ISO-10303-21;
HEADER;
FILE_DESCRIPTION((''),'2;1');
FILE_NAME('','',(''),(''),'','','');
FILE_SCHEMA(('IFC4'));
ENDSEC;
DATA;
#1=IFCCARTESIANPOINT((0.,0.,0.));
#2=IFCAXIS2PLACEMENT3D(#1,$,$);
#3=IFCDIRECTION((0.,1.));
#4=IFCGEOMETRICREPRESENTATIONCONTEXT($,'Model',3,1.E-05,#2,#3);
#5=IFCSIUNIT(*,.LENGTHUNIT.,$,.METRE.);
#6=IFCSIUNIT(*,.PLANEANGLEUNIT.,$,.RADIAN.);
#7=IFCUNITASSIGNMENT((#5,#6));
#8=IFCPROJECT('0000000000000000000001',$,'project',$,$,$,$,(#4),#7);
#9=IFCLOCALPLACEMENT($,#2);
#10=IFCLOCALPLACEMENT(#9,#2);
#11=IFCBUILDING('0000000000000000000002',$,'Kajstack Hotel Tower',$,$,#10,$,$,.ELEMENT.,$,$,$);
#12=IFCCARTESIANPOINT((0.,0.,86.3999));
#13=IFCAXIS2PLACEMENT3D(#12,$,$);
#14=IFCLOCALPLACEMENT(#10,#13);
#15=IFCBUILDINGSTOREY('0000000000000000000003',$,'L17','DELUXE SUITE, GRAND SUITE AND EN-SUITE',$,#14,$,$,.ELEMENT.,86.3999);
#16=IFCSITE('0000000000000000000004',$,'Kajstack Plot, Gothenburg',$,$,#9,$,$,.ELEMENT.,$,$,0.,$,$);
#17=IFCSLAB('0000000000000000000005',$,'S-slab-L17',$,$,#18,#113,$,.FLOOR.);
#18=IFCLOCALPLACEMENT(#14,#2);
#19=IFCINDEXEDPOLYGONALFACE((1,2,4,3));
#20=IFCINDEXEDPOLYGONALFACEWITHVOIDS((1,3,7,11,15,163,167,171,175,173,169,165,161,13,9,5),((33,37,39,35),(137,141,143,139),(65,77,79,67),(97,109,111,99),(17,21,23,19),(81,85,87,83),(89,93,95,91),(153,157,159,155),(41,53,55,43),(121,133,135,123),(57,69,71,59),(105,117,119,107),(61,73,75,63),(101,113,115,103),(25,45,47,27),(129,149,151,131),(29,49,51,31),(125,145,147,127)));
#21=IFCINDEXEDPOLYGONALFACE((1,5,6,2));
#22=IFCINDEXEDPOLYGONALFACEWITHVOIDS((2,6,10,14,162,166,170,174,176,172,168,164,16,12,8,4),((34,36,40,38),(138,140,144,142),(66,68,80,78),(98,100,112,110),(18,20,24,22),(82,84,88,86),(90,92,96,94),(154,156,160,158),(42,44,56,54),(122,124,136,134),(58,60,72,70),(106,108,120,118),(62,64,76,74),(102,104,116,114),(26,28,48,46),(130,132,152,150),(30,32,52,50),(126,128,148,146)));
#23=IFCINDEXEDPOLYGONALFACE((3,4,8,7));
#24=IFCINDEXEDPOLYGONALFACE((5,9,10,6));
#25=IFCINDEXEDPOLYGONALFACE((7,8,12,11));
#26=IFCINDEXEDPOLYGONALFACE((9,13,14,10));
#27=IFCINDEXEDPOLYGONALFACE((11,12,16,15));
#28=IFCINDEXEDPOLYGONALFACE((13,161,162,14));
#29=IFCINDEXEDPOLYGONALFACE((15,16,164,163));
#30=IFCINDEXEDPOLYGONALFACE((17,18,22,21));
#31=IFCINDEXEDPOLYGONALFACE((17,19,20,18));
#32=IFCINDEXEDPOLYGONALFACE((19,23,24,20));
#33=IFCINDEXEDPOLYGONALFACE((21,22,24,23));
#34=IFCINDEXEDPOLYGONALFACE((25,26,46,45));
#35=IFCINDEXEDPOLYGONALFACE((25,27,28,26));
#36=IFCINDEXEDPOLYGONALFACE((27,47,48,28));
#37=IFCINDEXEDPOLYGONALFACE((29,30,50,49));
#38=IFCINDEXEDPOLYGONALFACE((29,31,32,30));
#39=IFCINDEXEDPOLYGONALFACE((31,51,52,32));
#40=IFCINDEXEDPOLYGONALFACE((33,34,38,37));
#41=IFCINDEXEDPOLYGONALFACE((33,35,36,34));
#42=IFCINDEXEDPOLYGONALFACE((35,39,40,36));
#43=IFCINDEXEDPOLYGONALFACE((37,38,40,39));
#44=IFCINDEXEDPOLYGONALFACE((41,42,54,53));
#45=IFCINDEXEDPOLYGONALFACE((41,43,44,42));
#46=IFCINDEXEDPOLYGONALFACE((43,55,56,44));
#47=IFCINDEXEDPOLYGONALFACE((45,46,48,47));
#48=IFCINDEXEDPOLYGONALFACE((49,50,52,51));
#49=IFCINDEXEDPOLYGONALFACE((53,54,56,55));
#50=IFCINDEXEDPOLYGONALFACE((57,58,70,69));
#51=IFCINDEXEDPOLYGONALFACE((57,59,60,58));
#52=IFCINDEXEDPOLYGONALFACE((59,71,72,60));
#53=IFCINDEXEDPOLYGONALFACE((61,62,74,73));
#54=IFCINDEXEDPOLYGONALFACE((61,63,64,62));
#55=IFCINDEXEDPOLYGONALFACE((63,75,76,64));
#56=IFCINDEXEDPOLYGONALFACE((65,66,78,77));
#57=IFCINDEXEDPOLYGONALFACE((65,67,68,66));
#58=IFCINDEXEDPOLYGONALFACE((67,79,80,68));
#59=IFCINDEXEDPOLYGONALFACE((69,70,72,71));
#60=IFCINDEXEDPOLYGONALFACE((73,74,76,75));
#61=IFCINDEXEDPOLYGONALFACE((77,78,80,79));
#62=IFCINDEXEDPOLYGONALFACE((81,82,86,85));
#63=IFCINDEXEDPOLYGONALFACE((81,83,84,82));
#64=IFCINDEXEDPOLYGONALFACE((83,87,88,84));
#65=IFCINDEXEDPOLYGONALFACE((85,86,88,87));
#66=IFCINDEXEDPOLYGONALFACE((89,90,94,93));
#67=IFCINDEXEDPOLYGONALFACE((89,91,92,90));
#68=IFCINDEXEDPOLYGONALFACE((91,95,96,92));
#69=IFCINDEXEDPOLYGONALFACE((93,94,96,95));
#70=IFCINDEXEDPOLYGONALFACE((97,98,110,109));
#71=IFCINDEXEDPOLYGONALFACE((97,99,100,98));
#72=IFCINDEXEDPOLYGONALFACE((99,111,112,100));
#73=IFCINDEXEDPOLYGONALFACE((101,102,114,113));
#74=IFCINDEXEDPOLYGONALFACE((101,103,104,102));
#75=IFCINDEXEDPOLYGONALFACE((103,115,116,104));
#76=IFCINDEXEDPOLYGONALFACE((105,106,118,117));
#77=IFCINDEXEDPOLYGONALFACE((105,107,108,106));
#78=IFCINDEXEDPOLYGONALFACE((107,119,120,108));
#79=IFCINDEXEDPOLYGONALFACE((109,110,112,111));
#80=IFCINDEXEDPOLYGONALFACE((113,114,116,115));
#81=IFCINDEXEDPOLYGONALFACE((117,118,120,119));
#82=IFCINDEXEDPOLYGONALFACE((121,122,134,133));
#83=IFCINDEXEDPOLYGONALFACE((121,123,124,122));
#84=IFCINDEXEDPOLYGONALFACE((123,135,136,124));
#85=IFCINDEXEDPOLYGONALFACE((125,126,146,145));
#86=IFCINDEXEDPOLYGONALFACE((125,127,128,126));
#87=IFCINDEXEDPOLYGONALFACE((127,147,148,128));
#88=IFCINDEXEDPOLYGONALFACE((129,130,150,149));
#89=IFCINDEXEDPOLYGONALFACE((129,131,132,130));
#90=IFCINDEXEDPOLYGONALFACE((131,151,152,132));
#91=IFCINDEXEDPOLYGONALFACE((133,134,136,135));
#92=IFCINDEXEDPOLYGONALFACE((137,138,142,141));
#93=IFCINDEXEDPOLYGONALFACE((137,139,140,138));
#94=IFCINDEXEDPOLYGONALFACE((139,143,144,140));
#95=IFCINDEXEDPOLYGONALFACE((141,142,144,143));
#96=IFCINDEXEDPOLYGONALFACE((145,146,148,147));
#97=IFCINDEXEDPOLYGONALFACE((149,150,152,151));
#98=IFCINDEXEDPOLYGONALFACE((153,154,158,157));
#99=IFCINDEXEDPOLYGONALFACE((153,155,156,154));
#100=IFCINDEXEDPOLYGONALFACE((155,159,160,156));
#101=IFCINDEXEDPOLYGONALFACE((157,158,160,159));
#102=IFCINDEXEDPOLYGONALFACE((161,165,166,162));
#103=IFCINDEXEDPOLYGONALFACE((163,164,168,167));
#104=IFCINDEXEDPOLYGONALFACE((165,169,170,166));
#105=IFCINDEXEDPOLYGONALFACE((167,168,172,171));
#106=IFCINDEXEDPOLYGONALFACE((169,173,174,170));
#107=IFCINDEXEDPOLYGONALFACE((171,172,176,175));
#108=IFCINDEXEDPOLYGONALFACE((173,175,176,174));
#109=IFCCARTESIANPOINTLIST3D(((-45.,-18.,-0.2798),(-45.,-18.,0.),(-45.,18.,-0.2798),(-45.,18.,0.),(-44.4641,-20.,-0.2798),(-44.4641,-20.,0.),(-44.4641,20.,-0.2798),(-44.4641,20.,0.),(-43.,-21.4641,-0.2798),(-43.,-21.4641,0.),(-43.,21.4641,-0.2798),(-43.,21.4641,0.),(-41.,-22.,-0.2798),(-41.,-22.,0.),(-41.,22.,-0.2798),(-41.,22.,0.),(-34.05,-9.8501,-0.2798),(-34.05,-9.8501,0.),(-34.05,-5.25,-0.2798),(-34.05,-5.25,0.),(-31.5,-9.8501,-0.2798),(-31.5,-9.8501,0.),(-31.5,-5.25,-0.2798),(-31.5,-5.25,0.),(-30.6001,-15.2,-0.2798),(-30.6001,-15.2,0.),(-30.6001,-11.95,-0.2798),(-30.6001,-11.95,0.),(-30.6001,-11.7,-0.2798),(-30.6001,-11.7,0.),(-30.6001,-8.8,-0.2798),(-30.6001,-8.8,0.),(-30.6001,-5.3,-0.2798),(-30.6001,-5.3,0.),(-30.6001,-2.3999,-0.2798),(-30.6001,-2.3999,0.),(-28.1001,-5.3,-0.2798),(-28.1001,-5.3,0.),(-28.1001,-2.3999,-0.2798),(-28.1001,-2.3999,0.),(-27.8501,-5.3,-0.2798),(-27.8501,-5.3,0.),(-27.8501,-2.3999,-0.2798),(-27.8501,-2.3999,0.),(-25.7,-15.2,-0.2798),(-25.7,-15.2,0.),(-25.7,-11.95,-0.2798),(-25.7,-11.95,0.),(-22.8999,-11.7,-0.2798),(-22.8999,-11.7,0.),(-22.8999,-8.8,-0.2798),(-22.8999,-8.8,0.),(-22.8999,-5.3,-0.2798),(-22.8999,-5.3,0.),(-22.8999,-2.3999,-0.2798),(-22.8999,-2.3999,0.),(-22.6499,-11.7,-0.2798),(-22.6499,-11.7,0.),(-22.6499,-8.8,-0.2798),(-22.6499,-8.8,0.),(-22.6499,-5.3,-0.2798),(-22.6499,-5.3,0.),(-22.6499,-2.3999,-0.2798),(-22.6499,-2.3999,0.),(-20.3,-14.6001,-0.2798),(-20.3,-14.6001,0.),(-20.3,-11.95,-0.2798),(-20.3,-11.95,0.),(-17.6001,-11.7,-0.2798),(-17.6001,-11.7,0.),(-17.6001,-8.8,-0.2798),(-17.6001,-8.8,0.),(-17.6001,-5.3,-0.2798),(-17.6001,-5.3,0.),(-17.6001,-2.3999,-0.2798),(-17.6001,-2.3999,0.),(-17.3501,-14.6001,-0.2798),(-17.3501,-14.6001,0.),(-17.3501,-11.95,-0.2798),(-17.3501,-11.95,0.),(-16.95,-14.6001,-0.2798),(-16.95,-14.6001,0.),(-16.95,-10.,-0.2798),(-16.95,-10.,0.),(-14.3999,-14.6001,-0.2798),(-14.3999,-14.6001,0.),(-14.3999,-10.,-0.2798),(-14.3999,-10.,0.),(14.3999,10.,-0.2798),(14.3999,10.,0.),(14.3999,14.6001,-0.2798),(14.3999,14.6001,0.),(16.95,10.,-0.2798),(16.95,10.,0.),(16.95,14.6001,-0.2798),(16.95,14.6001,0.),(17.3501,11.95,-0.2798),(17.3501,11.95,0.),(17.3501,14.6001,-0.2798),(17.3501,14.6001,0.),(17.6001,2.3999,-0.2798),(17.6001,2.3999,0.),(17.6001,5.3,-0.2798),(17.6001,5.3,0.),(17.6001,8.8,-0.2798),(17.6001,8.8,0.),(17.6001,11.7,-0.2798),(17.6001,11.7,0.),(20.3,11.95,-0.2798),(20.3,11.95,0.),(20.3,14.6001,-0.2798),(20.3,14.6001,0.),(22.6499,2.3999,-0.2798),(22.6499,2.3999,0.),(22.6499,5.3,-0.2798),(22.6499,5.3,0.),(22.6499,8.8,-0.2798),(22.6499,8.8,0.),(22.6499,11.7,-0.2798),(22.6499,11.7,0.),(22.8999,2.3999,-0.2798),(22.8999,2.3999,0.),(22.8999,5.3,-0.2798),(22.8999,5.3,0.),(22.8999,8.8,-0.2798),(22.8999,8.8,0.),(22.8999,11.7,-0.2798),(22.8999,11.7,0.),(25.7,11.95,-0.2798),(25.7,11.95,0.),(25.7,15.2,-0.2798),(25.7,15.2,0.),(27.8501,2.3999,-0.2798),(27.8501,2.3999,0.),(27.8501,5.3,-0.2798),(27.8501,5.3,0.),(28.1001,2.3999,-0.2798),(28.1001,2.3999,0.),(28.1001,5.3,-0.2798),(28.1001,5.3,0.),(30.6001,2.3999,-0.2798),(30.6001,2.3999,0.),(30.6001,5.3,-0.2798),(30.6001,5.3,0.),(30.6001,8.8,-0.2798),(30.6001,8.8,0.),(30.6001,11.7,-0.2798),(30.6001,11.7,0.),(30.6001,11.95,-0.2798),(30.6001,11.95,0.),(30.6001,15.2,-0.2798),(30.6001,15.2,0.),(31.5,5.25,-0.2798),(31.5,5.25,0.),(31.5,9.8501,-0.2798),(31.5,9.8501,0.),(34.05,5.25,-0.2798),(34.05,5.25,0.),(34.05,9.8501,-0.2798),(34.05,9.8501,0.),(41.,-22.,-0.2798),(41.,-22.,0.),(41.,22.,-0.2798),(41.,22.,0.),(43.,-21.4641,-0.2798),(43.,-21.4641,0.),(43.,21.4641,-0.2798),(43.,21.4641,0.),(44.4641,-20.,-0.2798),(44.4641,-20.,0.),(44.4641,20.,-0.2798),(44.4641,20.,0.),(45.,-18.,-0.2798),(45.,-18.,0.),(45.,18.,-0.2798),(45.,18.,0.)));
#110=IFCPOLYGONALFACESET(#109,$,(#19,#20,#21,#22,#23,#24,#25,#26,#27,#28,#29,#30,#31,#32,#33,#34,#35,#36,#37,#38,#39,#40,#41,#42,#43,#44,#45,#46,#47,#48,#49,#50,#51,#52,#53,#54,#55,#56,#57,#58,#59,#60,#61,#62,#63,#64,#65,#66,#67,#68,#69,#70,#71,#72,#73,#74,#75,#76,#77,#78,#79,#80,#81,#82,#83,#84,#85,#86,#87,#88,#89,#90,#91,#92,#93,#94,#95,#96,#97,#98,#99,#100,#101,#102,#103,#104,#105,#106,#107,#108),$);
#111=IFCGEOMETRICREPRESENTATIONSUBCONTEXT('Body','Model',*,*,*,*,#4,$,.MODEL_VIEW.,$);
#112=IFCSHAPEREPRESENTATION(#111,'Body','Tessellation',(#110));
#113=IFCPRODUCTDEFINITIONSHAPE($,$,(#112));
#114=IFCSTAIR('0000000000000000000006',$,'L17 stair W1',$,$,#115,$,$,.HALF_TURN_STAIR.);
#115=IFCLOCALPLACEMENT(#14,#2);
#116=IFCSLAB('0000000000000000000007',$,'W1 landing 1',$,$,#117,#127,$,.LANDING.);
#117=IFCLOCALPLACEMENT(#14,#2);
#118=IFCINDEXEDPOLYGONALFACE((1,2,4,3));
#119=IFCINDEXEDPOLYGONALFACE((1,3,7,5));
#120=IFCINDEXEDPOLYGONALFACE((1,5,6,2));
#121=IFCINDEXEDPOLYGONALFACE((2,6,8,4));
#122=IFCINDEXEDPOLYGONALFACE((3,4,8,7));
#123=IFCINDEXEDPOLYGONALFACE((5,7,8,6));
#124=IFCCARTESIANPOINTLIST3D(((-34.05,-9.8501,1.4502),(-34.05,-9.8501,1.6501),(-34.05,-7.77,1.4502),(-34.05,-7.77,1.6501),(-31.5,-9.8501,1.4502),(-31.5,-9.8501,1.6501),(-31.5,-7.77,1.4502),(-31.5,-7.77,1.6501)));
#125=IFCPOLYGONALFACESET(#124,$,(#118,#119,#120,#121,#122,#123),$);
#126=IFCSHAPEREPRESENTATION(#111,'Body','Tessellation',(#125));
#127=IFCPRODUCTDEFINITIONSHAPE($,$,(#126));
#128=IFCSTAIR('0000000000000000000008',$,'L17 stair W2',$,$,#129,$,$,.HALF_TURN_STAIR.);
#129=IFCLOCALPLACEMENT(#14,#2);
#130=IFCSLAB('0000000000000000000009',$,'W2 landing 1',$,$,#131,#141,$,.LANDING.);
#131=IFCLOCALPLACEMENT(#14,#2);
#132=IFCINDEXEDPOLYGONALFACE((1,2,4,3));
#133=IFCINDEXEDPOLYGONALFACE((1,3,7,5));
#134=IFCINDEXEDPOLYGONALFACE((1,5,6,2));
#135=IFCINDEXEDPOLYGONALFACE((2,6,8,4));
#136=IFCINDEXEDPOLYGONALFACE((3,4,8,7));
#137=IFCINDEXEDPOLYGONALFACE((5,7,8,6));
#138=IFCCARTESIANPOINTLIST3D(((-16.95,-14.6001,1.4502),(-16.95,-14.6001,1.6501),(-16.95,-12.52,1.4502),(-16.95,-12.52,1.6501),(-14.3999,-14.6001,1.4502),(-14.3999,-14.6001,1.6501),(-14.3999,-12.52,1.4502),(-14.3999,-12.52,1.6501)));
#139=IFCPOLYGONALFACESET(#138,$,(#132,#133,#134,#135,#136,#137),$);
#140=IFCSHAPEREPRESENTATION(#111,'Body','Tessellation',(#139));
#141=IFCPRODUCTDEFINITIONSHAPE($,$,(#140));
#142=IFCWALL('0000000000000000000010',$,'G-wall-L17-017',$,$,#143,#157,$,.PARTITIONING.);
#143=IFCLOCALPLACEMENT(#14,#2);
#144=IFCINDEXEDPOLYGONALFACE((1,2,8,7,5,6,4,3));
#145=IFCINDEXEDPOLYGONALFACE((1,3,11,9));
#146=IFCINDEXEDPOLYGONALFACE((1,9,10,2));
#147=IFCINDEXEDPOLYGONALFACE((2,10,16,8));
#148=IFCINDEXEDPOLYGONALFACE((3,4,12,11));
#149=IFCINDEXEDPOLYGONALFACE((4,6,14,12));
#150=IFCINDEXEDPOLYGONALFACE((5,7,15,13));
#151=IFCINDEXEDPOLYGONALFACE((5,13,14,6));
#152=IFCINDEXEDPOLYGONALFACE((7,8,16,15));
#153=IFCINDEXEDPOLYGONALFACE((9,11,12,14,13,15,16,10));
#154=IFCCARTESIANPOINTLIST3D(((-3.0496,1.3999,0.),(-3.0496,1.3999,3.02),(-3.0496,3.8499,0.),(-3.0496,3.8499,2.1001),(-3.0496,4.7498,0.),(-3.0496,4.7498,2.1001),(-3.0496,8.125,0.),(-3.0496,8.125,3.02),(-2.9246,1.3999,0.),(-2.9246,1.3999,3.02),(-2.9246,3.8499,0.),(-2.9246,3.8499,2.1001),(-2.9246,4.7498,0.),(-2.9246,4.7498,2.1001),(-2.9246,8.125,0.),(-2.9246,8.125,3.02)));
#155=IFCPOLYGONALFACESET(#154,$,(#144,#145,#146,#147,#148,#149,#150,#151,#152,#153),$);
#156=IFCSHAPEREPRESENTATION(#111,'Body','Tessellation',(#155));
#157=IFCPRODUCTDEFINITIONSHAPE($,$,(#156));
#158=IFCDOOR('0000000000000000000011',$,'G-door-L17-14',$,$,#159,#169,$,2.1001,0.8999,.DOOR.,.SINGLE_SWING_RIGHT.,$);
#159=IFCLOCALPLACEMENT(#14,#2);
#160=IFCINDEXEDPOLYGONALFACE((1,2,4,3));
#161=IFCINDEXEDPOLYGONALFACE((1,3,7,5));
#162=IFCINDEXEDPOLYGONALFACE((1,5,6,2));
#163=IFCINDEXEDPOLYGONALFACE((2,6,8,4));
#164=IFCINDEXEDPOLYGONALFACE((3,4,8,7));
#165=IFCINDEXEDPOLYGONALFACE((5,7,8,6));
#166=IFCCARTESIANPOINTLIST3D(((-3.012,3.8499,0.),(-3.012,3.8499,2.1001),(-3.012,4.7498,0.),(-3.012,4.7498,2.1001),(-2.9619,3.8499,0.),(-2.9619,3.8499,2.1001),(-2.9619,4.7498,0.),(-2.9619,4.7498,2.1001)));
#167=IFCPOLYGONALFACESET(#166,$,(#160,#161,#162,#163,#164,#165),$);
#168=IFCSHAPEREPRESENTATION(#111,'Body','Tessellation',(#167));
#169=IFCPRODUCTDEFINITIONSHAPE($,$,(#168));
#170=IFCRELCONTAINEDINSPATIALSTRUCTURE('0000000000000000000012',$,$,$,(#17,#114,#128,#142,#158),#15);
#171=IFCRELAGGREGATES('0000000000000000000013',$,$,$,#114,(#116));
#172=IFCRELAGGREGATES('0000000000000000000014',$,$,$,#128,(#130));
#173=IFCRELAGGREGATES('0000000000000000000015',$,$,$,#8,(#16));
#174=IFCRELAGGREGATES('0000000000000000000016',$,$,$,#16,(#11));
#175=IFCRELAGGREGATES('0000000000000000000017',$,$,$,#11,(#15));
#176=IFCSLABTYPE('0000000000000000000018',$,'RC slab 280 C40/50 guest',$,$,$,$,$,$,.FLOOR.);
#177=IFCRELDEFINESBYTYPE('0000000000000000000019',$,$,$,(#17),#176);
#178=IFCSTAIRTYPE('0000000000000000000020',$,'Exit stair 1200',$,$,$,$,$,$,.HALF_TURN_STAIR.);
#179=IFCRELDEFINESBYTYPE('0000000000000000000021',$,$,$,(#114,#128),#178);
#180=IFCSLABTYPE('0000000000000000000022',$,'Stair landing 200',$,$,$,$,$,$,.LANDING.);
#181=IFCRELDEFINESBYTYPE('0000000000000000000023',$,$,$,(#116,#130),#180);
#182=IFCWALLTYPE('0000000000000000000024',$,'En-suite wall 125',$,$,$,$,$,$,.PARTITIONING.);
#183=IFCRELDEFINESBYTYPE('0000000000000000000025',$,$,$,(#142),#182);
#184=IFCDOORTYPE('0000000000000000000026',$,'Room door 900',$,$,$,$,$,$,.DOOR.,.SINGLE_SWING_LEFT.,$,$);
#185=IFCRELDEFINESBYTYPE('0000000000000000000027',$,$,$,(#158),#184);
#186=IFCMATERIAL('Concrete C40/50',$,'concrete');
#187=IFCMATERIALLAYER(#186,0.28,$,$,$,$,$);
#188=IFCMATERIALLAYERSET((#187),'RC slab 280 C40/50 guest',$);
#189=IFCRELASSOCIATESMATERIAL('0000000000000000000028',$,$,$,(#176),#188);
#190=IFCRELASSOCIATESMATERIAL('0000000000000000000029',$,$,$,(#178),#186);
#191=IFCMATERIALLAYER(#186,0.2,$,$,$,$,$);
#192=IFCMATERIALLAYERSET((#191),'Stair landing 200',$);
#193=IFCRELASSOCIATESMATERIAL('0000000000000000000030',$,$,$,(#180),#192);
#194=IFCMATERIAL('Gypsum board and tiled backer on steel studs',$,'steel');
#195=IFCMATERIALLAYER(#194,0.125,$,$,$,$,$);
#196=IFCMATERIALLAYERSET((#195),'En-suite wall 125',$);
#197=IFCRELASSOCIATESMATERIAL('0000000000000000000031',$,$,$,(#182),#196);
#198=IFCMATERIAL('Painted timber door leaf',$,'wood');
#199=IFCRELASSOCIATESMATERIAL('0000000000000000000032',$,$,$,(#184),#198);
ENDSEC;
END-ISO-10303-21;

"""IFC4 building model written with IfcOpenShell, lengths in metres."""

from ifc_helpers import new_model, si_unit, direction, frame, frame_2d, origin, place, context, subcontext, project, spatial, polyline, rectangle, outline, extrude, material, layer, layer_set, type_object, element, fill, aggregate, save


model = new_model("IFC4")

# Units and contexts
model_context = context("Model", 3, precision=1e-05, world=origin(), true_north=direction((0.0, 1.0)))
body_context = subcontext(model_context, "Body", "Model", "MODEL_VIEW")
ifc_project = project(units=[si_unit("LENGTHUNIT", "METRE"), si_unit("PLANEANGLEUNIT", "RADIAN")], contexts=[model_context])

# Site, building, storey
site_placement = place(None, origin())
site = spatial("IfcSite", under=ifc_project, at=site_placement, Name="Kajstack Plot, Gothenburg", CompositionType="ELEMENT", RefElevation=0.0)
building_placement = place(site_placement, origin())
building = spatial("IfcBuilding", under=site, at=building_placement, Name="Kajstack Hotel Tower", CompositionType="ELEMENT")
storey_placement = place(building_placement, frame((0.0, 0.0, 86.3999)))
storey = spatial("IfcBuildingStorey", under=building, at=storey_placement, Name="L17", Description="DELUXE SUITE, GRAND SUITE AND EN-SUITE", CompositionType="ELEMENT", Elevation=86.3999)

# Slab
ifc_material_1 = material(Name="Concrete C40/50", Category="concrete")
ifc_layer_1 = layer(ifc_material_1, 0.28)
ifc_layer_set_1 = layer_set([ifc_layer_1], Name="RC slab 280 C40/50 guest")
slab_type_1 = type_object("IfcSlabType", Name="RC slab 280 C40/50 guest", PredefinedType="FLOOR", material=ifc_layer_set_1)
slab_1_placement = place(storey_placement, frame((0.0, 0.0, -0.2798)))
element("IfcSlab", 1, at=slab_1_placement, inside=storey, type_object=slab_type_1, Name="S-slab-L17", PredefinedType="FLOOR", context=body_context, shape_type="SweptSolid", body=[
    extrude(outline(polyline([(-45.0, -18.0), (-44.4641, -20.0), (-43.0, -21.4641), (-41.0, -22.0), (41.0, -22.0), (43.0, -21.4641), (44.4641, -20.0), (45.0, -18.0), (45.0, 18.0), (44.4641, 20.0), (43.0, 21.4641), (41.0, 22.0), (-41.0, 22.0), (-43.0, 21.4641), (-44.4641, 20.0), (-45.0, 18.0), (-45.0, -18.0)]), holes=[polyline([(-30.6001, -11.7), (-30.6001, -8.8), (-22.8999, -8.8), (-22.8999, -11.7), (-30.6001, -11.7)]), polyline([(-22.6499, -11.7), (-22.6499, -8.8), (-17.6001, -8.8), (-17.6001, -11.7), (-22.6499, -11.7)]), polyline([(-27.8501, -5.3), (-27.8501, -2.3999), (-22.8999, -2.3999), (-22.8999, -5.3), (-27.8501, -5.3)]), polyline([(-22.6499, -5.3), (-22.6499, -2.3999), (-17.6001, -2.3999), (-17.6001, -5.3), (-22.6499, -5.3)]), polyline([(-20.3, -14.6001), (-17.3501, -14.6001), (-17.3501, -11.95), (-20.3, -11.95), (-20.3, -14.6001)]), polyline([(-30.6001, -5.3), (-28.1001, -5.3), (-28.1001, -2.3999), (-30.6001, -2.3999), (-30.6001, -5.3)]), polyline([(22.8999, 8.8), (22.8999, 11.7), (30.6001, 11.7), (30.6001, 8.8), (22.8999, 8.8)]), polyline([(17.6001, 8.8), (17.6001, 11.7), (22.6499, 11.7), (22.6499, 8.8), (17.6001, 8.8)]), polyline([(22.8999, 2.3999), (22.8999, 5.3), (27.8501, 5.3), (27.8501, 2.3999), (22.8999, 2.3999)]), polyline([(17.6001, 2.3999), (17.6001, 5.3), (22.6499, 5.3), (22.6499, 2.3999), (17.6001, 2.3999)]), polyline([(20.3, 14.6001), (17.3501, 14.6001), (17.3501, 11.95), (20.3, 11.95), (20.3, 14.6001)]), polyline([(30.6001, 5.3), (28.1001, 5.3), (28.1001, 2.3999), (30.6001, 2.3999), (30.6001, 5.3)]), polyline([(-34.05, -9.8501), (-31.5, -9.8501), (-31.5, -5.25), (-34.05, -5.25), (-34.05, -9.8501)]), polyline([(-16.95, -14.6001), (-14.3999, -14.6001), (-14.3999, -10.0), (-16.95, -10.0), (-16.95, -14.6001)]), polyline([(-30.6001, -15.2), (-25.7, -15.2), (-25.7, -11.95), (-30.6001, -11.95), (-30.6001, -15.2)]), polyline([(34.05, 9.8501), (31.5, 9.8501), (31.5, 5.25), (34.05, 5.25), (34.05, 9.8501)]), polyline([(16.95, 14.6001), (14.3999, 14.6001), (14.3999, 10.0), (16.95, 10.0), (16.95, 14.6001)]), polyline([(30.6001, 15.2), (25.7, 15.2), (25.7, 11.95), (30.6001, 11.95), (30.6001, 15.2)])]), origin(), (0.0, 0.0, 1.0), 0.2798),
])

# Stairs, slabs
stair_type = type_object("IfcStairType", Name="Exit stair 1200", PredefinedType="HALF_TURN_STAIR", material=ifc_material_1)
stair_1_placement = place(storey_placement, origin())
stair_1 = element("IfcStair", 2, at=stair_1_placement, inside=storey, type_object=stair_type, Name="L17 stair W1", PredefinedType="HALF_TURN_STAIR")
ifc_layer_2 = layer(ifc_material_1, 0.2)
ifc_layer_set_2 = layer_set([ifc_layer_2], Name="Stair landing 200")
slab_type_2 = type_object("IfcSlabType", Name="Stair landing 200", PredefinedType="LANDING", material=ifc_layer_set_2)
slab_2_placement = place(storey_placement, frame((0.0, 0.0, 1.4502)))
slab_2 = element("IfcSlab", 3, at=slab_2_placement, type_object=slab_type_2, Name="W1 landing 1", PredefinedType="LANDING", context=body_context, shape_type="SweptSolid", body=[
    extrude(outline(polyline([(-34.05, -7.77), (-34.05, -9.8501), (-31.5, -9.8501), (-31.5, -7.77), (-34.05, -7.77)])), origin(), (0.0, 0.0, 1.0), 0.2),
])
aggregate(stair_1, [slab_2])
stair_2_placement = place(storey_placement, origin())
stair_2 = element("IfcStair", 4, at=stair_2_placement, inside=storey, type_object=stair_type, Name="L17 stair W2", PredefinedType="HALF_TURN_STAIR")
slab_3_placement = place(storey_placement, frame((0.0, 0.0, 1.4502)))
slab_3 = element("IfcSlab", 5, at=slab_3_placement, type_object=slab_type_2, Name="W2 landing 1", PredefinedType="LANDING", context=body_context, shape_type="SweptSolid", body=[
    extrude(outline(polyline([(-16.95, -12.52), (-16.95, -14.6001), (-14.3999, -14.6001), (-14.3999, -12.52), (-16.95, -12.52)])), origin(), (0.0, 0.0, 1.0), 0.2),
])
aggregate(stair_2, [slab_3])

# Wall, opening, door
ifc_material_2 = material(Name="Gypsum board and tiled backer on steel studs", Category="steel")
ifc_layer_3 = layer(ifc_material_2, 0.125)
ifc_layer_set_3 = layer_set([ifc_layer_3], Name="En-suite wall 125")
wall_type_1 = type_object("IfcWallType", Name="En-suite wall 125", PredefinedType="PARTITIONING", material=ifc_layer_set_3)
wall_1_placement = place(storey_placement, frame((-2.9871, 1.3999, 0.0), z_axis=(0.0, 0.0, 1.0), x_axis=(0.0, 1.0, 0.0)))
wall_1 = element("IfcWall", 6, at=wall_1_placement, inside=storey, type_object=wall_type_1, Name="G-wall-L17-017", PredefinedType="PARTITIONING", context=body_context, shape_type="SweptSolid", body=[
    extrude(rectangle(XDim=6.7251, YDim=0.125, at=frame_2d((3.3625, 0.0))), origin(), (0.0, 0.0, 1.0), 3.02),
])
opening_1_placement = place(wall_1_placement, frame((2.45, 0.0, 0.0)))
opening_1 = element("IfcOpeningElement", 7, at=opening_1_placement, cuts=wall_1, PredefinedType="OPENING", context=body_context, shape_type="SweptSolid", body=[
    extrude(rectangle(XDim=0.8999, YDim=2.1001, at=frame_2d((0.45, 1.05))), frame((0.0, 0.0725, 0.0), z_axis=(0.0, -1.0, 0.0), x_axis=(1.0, 0.0, 0.0)), (0.0, 0.0, 1.0), 0.145),
])
ifc_material_3 = material(Name="Painted timber door leaf", Category="wood")
door_type = type_object("IfcDoorType", Name="Room door 900", OperationType="SINGLE_SWING_LEFT", PredefinedType="DOOR", material=ifc_material_3)
door_1_placement = place(opening_1_placement, origin())
door_1 = element("IfcDoor", 8, at=door_1_placement, inside=storey, type_object=door_type, Name="G-door-L17-14", OperationType="SINGLE_SWING_RIGHT", OverallHeight=2.1001, OverallWidth=0.8999, PredefinedType="DOOR", context=body_context, shape_type="SweptSolid", body=[
    extrude(rectangle(XDim=0.8999, YDim=2.1001, at=frame_2d((0.45, 1.05))), frame((0.0, 0.0249, 0.0), z_axis=(0.0, -1.0, 0.0), x_axis=(1.0, 0.0, 0.0)), (0.0, 0.0, 1.0), 0.05),
])
fill(opening_1, door_1)

save(model, "model.ifc")
